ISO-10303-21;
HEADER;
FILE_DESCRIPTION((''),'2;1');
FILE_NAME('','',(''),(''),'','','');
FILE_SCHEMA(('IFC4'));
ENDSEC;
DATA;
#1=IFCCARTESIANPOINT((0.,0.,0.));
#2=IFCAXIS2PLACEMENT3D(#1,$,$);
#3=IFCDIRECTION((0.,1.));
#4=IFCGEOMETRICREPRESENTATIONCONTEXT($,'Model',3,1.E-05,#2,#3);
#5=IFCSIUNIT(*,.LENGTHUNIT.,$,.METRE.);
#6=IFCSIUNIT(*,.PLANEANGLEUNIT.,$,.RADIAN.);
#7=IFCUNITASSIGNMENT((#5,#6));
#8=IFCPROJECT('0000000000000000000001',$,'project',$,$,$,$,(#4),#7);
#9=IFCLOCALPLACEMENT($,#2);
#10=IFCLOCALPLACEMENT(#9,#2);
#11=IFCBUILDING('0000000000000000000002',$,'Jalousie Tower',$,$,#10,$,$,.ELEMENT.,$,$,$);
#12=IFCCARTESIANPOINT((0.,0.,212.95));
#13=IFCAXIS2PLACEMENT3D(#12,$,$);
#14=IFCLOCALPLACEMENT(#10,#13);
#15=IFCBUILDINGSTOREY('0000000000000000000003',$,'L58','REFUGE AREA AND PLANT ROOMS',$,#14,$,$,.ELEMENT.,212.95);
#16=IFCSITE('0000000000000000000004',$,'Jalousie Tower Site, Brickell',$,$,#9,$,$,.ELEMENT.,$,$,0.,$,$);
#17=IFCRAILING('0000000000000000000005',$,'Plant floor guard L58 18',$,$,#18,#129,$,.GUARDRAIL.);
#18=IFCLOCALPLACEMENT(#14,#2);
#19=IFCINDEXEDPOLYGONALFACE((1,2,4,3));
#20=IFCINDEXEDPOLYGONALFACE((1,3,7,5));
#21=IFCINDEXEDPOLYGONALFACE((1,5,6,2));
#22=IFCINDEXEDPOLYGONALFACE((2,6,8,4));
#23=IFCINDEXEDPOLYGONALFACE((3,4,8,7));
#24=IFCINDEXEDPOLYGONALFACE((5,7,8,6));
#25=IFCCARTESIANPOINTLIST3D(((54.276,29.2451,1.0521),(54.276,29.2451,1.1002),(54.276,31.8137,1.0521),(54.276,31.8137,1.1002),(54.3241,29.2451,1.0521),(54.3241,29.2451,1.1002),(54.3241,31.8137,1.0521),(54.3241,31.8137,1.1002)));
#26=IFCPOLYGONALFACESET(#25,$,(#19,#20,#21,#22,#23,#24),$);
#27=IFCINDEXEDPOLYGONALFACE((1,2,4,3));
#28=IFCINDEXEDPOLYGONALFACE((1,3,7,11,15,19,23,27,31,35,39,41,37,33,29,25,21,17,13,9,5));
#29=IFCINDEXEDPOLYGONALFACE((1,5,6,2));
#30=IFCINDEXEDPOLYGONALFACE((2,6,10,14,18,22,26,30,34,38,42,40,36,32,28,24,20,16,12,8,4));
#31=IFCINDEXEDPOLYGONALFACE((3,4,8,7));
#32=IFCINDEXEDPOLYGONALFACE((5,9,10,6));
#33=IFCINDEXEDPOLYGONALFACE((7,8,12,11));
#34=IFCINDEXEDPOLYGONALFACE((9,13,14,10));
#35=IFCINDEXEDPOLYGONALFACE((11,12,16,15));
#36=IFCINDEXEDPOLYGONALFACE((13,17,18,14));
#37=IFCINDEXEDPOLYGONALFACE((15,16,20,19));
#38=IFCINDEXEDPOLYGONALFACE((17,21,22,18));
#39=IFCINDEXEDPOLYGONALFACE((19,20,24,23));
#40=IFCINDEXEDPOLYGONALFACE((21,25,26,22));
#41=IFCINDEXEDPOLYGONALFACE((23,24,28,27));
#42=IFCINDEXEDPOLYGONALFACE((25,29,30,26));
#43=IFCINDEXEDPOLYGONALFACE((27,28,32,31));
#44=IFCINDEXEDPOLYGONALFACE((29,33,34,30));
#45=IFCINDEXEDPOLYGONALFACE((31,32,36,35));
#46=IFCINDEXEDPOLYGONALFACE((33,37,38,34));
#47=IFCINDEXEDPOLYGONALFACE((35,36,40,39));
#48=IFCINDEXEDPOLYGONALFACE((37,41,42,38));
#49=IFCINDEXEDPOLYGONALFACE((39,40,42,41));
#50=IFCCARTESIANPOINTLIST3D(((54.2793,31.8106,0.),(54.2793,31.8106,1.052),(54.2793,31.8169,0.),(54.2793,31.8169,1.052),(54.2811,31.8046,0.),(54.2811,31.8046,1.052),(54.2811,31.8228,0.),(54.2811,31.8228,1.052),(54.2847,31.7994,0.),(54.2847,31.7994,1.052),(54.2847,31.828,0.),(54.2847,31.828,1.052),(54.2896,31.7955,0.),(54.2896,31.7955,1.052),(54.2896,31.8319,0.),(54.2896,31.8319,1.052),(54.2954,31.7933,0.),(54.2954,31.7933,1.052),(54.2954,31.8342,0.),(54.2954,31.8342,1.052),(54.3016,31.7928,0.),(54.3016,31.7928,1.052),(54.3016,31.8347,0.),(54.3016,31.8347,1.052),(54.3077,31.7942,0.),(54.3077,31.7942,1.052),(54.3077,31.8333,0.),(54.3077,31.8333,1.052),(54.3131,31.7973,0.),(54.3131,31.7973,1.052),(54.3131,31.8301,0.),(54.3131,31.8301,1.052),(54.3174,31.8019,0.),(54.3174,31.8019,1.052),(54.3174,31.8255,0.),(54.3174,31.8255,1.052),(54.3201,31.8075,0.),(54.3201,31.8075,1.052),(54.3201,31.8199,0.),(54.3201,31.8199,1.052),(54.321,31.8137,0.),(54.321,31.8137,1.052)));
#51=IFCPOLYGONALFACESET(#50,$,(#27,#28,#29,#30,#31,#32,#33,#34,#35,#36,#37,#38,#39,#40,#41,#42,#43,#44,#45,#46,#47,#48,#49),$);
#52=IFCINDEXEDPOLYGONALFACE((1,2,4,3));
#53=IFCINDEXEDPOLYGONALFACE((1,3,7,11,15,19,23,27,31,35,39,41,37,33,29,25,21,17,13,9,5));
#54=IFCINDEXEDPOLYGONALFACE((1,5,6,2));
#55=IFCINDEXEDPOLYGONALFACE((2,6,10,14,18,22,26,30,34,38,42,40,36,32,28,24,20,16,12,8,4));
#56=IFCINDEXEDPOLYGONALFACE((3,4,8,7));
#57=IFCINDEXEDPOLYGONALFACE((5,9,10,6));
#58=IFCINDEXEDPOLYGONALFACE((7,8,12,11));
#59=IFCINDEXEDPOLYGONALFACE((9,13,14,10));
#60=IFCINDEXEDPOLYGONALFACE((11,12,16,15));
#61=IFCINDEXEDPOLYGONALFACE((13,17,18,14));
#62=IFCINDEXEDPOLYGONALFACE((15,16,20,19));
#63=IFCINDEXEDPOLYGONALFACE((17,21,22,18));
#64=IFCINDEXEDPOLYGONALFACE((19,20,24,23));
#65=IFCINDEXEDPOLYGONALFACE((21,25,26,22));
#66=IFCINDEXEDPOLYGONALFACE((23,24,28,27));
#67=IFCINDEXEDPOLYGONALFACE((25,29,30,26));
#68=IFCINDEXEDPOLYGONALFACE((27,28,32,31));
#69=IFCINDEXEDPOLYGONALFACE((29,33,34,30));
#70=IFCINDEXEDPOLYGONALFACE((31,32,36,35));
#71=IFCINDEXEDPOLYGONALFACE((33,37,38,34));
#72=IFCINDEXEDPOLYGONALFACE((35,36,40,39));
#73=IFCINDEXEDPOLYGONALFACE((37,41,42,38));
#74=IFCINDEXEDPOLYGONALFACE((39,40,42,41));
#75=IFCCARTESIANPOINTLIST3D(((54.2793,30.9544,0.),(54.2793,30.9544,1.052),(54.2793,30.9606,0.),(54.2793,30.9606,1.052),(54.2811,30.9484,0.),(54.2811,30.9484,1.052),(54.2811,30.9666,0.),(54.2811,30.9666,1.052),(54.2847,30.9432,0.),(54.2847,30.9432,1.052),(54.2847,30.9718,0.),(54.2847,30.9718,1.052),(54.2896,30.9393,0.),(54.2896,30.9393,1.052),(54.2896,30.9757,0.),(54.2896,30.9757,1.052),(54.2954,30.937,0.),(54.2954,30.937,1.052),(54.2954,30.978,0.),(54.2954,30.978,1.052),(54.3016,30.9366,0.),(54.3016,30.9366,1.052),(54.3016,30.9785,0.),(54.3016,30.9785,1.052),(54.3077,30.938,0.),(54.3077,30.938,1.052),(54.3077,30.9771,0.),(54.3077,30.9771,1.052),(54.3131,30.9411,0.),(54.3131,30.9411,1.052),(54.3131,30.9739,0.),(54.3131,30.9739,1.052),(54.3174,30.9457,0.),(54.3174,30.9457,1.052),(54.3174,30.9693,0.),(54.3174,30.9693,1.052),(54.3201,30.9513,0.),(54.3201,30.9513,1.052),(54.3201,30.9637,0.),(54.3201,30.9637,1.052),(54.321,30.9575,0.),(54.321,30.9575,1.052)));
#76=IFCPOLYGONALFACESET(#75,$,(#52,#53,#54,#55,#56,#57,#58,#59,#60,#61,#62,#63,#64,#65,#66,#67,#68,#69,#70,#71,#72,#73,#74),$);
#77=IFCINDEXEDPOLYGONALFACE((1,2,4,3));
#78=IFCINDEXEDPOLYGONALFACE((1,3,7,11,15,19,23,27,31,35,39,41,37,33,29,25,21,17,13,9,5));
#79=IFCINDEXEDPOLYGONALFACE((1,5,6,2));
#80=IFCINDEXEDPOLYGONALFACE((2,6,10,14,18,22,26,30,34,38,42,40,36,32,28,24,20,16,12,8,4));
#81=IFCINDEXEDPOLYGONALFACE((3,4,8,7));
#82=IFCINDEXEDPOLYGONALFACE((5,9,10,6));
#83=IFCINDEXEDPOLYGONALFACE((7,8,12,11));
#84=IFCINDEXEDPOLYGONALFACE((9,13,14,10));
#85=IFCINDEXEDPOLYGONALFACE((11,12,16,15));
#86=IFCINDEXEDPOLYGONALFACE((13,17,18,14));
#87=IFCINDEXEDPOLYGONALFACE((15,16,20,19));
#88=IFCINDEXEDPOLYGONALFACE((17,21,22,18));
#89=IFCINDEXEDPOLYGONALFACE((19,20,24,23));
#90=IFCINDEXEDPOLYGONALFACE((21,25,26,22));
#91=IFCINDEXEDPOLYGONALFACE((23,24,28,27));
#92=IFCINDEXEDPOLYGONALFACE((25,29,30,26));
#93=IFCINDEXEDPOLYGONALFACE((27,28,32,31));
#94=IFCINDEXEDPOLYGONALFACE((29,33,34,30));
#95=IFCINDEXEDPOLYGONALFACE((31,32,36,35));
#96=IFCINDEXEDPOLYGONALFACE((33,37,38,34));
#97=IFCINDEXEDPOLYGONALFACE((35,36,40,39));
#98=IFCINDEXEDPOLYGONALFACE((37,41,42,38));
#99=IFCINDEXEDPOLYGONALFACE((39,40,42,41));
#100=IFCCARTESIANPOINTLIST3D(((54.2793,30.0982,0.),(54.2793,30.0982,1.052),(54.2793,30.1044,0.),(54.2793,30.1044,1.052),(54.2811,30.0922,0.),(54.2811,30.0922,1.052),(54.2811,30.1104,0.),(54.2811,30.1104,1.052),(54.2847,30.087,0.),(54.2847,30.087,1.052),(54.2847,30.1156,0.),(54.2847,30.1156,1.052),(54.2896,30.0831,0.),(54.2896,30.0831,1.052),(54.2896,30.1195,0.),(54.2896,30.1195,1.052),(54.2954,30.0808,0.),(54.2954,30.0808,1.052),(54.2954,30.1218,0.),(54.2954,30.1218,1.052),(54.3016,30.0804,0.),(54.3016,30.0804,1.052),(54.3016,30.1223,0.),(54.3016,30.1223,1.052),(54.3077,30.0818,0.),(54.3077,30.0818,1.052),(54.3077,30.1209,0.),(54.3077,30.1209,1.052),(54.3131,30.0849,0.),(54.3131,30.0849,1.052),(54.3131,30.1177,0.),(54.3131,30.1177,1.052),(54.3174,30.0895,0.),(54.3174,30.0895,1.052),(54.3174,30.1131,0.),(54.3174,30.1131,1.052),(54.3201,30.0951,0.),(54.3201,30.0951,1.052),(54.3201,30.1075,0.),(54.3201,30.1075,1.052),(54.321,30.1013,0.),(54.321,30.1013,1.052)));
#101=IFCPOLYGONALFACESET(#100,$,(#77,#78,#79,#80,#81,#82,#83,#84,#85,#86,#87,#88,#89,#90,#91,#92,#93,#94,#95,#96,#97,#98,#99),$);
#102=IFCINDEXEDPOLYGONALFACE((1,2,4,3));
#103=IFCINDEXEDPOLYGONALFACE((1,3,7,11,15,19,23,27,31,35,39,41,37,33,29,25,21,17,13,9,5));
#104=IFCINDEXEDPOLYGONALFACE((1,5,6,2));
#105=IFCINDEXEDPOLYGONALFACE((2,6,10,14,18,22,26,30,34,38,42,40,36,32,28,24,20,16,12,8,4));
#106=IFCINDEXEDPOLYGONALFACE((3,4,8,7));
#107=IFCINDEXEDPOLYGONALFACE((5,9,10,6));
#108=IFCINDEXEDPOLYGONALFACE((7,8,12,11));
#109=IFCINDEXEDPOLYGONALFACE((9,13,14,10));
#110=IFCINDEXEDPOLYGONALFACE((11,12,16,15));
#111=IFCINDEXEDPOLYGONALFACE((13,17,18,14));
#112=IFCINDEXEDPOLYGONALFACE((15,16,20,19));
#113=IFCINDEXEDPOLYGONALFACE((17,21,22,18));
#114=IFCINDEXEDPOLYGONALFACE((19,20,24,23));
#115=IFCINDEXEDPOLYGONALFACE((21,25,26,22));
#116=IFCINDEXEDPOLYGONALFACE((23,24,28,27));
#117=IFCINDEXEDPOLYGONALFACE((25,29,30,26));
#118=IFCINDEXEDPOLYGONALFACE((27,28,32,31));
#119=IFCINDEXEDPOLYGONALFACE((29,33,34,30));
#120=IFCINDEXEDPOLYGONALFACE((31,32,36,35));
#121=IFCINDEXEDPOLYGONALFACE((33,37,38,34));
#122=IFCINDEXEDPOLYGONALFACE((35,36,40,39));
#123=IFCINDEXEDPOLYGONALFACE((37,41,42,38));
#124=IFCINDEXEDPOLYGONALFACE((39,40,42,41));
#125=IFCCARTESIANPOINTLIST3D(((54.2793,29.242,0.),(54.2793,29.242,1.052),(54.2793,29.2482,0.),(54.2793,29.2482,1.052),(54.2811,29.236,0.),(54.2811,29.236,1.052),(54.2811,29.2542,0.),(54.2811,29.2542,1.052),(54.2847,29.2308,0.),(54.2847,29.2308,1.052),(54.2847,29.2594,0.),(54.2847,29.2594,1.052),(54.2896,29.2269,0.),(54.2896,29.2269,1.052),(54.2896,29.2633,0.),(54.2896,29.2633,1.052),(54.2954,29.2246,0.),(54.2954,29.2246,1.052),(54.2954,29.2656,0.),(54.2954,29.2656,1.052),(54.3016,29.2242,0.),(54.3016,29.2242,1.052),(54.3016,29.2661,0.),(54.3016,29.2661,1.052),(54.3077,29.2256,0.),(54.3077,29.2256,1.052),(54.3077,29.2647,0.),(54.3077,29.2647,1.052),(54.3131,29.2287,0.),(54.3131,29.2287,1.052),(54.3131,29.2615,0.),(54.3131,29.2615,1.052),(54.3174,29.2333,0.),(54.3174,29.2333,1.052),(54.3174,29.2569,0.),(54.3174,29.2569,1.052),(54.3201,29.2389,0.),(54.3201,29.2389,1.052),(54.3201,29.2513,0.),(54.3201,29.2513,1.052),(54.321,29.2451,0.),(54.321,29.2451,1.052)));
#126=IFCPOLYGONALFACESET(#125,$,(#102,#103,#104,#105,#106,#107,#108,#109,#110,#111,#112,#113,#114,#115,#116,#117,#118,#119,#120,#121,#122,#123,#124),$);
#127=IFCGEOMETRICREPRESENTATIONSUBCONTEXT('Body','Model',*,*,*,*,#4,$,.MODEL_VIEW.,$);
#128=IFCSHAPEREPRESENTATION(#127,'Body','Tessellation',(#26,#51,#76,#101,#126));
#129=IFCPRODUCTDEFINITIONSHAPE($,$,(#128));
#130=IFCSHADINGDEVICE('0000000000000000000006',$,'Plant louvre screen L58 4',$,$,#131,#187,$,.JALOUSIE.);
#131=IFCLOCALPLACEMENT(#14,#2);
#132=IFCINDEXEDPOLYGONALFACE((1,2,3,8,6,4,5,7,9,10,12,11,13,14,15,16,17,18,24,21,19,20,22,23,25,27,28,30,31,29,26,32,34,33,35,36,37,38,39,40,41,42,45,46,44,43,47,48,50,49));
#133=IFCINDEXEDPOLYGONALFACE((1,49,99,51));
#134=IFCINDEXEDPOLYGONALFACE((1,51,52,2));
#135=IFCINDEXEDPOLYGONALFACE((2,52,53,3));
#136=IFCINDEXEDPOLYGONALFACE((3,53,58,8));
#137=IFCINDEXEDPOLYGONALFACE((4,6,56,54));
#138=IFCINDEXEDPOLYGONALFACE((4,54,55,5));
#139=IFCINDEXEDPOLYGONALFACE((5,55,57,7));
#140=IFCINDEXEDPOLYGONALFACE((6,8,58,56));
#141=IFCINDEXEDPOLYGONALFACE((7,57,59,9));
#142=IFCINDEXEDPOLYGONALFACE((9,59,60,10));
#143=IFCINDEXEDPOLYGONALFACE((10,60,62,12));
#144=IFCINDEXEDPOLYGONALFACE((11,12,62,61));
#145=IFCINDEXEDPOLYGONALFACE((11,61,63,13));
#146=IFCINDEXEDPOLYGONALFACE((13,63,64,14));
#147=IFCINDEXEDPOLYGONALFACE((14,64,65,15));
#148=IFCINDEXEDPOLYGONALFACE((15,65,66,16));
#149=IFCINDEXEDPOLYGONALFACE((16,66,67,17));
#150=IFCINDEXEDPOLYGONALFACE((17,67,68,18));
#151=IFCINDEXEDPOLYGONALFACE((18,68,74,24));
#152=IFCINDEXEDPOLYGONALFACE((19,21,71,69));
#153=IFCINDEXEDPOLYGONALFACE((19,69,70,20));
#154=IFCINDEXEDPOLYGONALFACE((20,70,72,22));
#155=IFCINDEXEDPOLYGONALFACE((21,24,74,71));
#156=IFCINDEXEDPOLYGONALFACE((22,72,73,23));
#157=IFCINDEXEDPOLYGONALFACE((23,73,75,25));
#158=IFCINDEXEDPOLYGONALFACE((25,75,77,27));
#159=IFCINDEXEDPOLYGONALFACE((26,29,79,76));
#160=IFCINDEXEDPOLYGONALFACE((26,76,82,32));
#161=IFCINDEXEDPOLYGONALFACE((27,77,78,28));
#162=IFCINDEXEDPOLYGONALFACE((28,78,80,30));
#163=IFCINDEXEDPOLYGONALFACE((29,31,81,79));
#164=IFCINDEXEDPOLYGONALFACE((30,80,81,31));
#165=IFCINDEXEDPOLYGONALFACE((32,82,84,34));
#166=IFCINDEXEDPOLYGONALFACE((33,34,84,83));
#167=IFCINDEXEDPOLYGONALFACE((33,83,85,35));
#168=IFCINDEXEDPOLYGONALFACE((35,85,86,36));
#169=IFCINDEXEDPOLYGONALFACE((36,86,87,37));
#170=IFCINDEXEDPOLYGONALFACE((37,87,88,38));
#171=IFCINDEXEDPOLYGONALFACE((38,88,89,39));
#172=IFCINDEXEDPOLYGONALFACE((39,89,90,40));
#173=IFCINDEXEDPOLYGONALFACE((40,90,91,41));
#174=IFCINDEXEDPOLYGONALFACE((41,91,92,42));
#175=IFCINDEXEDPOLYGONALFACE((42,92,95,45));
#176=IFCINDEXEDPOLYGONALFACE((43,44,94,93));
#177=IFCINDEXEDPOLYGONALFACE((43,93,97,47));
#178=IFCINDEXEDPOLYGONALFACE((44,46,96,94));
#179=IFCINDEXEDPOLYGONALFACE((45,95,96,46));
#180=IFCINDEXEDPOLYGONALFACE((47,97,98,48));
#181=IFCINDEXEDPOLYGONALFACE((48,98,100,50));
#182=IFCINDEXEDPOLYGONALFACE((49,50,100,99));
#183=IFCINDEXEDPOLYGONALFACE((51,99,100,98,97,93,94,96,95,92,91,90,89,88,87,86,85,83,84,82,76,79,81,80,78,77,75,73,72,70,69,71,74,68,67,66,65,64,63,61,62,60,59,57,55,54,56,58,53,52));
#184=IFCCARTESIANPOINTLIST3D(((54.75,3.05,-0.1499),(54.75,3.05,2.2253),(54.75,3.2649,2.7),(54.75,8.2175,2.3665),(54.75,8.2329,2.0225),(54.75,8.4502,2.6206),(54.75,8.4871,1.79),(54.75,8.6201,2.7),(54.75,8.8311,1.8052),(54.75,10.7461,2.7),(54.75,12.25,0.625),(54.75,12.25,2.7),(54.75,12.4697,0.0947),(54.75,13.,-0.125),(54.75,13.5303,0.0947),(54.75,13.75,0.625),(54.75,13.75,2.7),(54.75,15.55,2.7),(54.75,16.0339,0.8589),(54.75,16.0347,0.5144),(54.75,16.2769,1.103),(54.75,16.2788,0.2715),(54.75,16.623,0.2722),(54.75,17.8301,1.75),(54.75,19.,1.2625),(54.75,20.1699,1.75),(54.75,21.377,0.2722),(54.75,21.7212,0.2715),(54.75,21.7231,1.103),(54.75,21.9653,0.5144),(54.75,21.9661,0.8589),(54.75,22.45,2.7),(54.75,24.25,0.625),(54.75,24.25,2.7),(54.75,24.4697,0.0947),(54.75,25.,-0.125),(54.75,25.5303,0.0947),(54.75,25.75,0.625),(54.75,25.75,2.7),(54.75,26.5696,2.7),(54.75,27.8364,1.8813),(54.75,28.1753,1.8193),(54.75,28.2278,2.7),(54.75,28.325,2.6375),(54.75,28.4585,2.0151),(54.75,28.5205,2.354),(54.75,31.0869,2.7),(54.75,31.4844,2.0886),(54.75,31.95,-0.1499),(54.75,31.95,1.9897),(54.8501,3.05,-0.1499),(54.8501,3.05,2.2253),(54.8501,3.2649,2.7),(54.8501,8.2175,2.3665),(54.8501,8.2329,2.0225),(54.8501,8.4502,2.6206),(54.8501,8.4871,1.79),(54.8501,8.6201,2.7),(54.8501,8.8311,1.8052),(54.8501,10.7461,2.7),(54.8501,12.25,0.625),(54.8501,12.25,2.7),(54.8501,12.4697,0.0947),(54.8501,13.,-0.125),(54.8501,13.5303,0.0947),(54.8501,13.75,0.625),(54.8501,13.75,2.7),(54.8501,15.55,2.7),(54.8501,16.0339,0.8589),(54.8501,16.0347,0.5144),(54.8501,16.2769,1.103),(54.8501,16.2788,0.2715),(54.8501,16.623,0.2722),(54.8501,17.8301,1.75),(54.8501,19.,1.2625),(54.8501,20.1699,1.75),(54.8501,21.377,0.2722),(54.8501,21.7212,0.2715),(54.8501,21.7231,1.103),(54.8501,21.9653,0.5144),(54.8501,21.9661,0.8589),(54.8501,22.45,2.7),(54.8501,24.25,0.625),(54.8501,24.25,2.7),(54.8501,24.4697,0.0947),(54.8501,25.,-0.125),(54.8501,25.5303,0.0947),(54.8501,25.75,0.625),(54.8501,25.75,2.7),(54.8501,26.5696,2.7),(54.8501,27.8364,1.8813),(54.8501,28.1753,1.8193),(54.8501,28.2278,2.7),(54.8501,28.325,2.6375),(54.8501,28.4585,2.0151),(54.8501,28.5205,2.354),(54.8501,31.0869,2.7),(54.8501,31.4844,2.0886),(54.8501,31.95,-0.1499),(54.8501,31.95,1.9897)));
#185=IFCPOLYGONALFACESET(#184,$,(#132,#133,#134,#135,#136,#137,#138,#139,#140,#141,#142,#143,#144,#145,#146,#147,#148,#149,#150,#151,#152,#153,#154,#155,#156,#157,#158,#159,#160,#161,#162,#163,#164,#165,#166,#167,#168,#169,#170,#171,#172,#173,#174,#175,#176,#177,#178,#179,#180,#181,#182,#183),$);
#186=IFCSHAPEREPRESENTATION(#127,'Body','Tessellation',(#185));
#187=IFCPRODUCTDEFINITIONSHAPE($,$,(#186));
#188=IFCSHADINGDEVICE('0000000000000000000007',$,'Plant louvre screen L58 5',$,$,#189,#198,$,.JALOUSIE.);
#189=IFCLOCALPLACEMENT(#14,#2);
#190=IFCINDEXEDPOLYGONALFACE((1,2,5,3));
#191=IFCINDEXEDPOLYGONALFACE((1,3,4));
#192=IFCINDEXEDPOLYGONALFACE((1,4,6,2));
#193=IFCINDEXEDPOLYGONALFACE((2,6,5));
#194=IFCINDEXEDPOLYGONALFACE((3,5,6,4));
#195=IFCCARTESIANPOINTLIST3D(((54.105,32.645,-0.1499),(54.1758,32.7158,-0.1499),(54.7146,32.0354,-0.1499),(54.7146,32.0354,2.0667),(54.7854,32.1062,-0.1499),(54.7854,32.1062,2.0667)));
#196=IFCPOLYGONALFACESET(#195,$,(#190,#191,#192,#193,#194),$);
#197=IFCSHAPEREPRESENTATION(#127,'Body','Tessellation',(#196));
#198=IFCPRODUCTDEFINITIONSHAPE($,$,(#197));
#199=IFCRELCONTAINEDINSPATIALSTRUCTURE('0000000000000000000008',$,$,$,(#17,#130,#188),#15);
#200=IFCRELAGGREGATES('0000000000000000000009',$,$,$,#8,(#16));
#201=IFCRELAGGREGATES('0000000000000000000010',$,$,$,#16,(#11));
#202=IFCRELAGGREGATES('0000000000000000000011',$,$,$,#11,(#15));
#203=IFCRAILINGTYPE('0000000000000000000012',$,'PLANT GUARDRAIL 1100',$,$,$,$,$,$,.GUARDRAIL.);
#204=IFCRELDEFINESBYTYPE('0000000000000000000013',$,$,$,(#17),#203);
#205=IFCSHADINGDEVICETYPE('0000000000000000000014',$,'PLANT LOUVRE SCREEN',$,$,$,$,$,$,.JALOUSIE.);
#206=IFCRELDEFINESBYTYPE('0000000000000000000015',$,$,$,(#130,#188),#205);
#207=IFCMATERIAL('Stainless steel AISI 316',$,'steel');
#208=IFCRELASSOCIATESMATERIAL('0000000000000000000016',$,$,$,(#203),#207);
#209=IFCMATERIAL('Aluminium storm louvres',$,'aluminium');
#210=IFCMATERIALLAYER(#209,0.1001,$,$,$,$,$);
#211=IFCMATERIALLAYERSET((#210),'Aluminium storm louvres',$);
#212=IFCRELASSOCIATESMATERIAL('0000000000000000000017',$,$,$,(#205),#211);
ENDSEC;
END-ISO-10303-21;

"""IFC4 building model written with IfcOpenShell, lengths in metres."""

from ifc_helpers import new_model, si_unit, direction, frame, origin, origin_2d, place, context, subcontext, project, spatial, polyline, rectangle, circle, outline, extrude, material, layer, layer_set, type_object, element, save


model = new_model("IFC4")

# Units and contexts
model_context = context("Model", 3, precision=1e-05, world=origin(), true_north=direction((0.0, 1.0)))
body_context = subcontext(model_context, "Body", "Model", "MODEL_VIEW")
ifc_project = project(units=[si_unit("LENGTHUNIT", "METRE"), si_unit("PLANEANGLEUNIT", "RADIAN")], contexts=[model_context])

# Site, building, storey
site_placement = place(None, origin())
site = spatial("IfcSite", under=ifc_project, at=site_placement, Name="Jalousie Tower Site, Brickell", CompositionType="ELEMENT", RefElevation=0.0)
building_placement = place(site_placement, origin())
building = spatial("IfcBuilding", under=site, at=building_placement, Name="Jalousie Tower", CompositionType="ELEMENT")
storey_placement = place(building_placement, frame((0.0, 0.0, 212.95)))
storey = spatial("IfcBuildingStorey", under=building, at=storey_placement, Name="L58", Description="REFUGE AREA AND PLANT ROOMS", CompositionType="ELEMENT", Elevation=212.95)

# Railing
ifc_material_1 = material(Name="Stainless steel AISI 316", Category="steel")
railing_type = type_object("IfcRailingType", Name="PLANT GUARDRAIL 1100", PredefinedType="GUARDRAIL", material=ifc_material_1)
railing_1_placement = place(storey_placement, frame((54.3, 31.8137, 0.0)))
element("IfcRailing", 1, at=railing_1_placement, inside=storey, type_object=railing_type, Name="Plant floor guard L58 18", PredefinedType="GUARDRAIL", context=body_context, shape_type="SweptSolid", body=[
    extrude(rectangle(XDim=0.0481, YDim=0.0481, at=origin_2d()), frame((0.0, 0.0, 1.0762), z_axis=(0.0, -1.0, 0.0), x_axis=(1.0, 0.0, 0.0)), (0.0, 0.0, 1.0), 2.5686),
    extrude(circle(Radius=0.021, at=origin_2d()), origin(), (0.0, 0.0, 1.0), 1.052),
    extrude(circle(Radius=0.021, at=origin_2d()), frame((0.0, -0.8562, 0.0)), (0.0, 0.0, 1.0), 1.052),
    extrude(circle(Radius=0.021, at=origin_2d()), frame((0.0, -1.7124, 0.0)), (0.0, 0.0, 1.0), 1.052),
    extrude(circle(Radius=0.021, at=origin_2d()), frame((0.0, -2.5686, 0.0)), (0.0, 0.0, 1.0), 1.052),
])

# Shading devices
ifc_material_2 = material(Name="Aluminium storm louvres", Category="aluminium")
ifc_layer = layer(ifc_material_2, 0.1001)
ifc_layer_set = layer_set([ifc_layer], Name="Aluminium storm louvres")
shading_device_type = type_object("IfcShadingDeviceType", Name="PLANT LOUVRE SCREEN", PredefinedType="JALOUSIE", material=ifc_layer_set)
shading_device_1_placement = place(storey_placement, frame((54.8501, 31.95, -0.1499), z_axis=(1.0, 0.0, 0.0), x_axis=(0.0, 0.0, 1.0)))
element("IfcShadingDevice", 2, at=shading_device_1_placement, inside=storey, type_object=shading_device_type, Name="Plant louvre screen L58 4", PredefinedType="JALOUSIE", context=body_context, shape_type="SweptSolid", body=[
    extrude(outline(polyline([(0.0, 0.0), (2.1396, 0.0), (2.2385, 0.4656), (2.8499, 0.863), (2.8499, 3.7222), (2.7874, 3.625), (2.5039, 3.4294), (2.165, 3.4915), (1.9692, 3.7747), (2.0312, 4.1135), (2.8499, 5.3804), (2.8499, 6.2), (0.7749, 6.2), (0.2446, 6.4197), (0.0249, 6.95), (0.2446, 7.4802), (0.7749, 7.7), (2.8499, 7.7), (2.8499, 9.5), (1.8999, 11.78), (1.2529, 10.2268), (1.0088, 9.9839), (0.6643, 9.9846), (0.4214, 10.2288), (0.4221, 10.573), (1.4124, 12.95), (0.4221, 15.3269), (0.4214, 15.6711), (0.6643, 15.9153), (1.0088, 15.916), (1.2529, 15.6731), (1.8999, 14.1199), (2.8499, 16.3999), (2.8499, 18.2), (0.7749, 18.2), (0.2446, 18.4197), (0.0249, 18.95), (0.2446, 19.4802), (0.7749, 19.7), (2.8499, 19.7), (2.8499, 21.2039), (1.9551, 23.1189), (1.9399, 23.4629), (2.1724, 23.717), (2.5164, 23.7324), (2.7705, 23.4998), (2.8499, 23.3298), (2.8499, 28.6851), (2.3752, 28.8999), (0.0, 28.8999), (0.0, 0.0)])), origin(), (0.0, 0.0, -1.0), 0.1001),
])
shading_device_2_placement = place(storey_placement, frame((54.7854, 32.1062, -0.1499), z_axis=(0.707107, 0.707107, 0.0), x_axis=(-0.707107, 0.707107, 0.0)))
element("IfcShadingDevice", 3, at=shading_device_2_placement, inside=storey, type_object=shading_device_type, Name="Plant louvre screen L58 5", PredefinedType="JALOUSIE", context=body_context, shape_type="SweptSolid", body=[
    extrude(outline(polyline([(0.0, 0.0), (0.8621, 0.0), (0.0, 2.2166), (0.0, 0.0)])), origin(), (0.0, 0.0, -1.0), 0.1001),
])

save(model, "model.ifc")
